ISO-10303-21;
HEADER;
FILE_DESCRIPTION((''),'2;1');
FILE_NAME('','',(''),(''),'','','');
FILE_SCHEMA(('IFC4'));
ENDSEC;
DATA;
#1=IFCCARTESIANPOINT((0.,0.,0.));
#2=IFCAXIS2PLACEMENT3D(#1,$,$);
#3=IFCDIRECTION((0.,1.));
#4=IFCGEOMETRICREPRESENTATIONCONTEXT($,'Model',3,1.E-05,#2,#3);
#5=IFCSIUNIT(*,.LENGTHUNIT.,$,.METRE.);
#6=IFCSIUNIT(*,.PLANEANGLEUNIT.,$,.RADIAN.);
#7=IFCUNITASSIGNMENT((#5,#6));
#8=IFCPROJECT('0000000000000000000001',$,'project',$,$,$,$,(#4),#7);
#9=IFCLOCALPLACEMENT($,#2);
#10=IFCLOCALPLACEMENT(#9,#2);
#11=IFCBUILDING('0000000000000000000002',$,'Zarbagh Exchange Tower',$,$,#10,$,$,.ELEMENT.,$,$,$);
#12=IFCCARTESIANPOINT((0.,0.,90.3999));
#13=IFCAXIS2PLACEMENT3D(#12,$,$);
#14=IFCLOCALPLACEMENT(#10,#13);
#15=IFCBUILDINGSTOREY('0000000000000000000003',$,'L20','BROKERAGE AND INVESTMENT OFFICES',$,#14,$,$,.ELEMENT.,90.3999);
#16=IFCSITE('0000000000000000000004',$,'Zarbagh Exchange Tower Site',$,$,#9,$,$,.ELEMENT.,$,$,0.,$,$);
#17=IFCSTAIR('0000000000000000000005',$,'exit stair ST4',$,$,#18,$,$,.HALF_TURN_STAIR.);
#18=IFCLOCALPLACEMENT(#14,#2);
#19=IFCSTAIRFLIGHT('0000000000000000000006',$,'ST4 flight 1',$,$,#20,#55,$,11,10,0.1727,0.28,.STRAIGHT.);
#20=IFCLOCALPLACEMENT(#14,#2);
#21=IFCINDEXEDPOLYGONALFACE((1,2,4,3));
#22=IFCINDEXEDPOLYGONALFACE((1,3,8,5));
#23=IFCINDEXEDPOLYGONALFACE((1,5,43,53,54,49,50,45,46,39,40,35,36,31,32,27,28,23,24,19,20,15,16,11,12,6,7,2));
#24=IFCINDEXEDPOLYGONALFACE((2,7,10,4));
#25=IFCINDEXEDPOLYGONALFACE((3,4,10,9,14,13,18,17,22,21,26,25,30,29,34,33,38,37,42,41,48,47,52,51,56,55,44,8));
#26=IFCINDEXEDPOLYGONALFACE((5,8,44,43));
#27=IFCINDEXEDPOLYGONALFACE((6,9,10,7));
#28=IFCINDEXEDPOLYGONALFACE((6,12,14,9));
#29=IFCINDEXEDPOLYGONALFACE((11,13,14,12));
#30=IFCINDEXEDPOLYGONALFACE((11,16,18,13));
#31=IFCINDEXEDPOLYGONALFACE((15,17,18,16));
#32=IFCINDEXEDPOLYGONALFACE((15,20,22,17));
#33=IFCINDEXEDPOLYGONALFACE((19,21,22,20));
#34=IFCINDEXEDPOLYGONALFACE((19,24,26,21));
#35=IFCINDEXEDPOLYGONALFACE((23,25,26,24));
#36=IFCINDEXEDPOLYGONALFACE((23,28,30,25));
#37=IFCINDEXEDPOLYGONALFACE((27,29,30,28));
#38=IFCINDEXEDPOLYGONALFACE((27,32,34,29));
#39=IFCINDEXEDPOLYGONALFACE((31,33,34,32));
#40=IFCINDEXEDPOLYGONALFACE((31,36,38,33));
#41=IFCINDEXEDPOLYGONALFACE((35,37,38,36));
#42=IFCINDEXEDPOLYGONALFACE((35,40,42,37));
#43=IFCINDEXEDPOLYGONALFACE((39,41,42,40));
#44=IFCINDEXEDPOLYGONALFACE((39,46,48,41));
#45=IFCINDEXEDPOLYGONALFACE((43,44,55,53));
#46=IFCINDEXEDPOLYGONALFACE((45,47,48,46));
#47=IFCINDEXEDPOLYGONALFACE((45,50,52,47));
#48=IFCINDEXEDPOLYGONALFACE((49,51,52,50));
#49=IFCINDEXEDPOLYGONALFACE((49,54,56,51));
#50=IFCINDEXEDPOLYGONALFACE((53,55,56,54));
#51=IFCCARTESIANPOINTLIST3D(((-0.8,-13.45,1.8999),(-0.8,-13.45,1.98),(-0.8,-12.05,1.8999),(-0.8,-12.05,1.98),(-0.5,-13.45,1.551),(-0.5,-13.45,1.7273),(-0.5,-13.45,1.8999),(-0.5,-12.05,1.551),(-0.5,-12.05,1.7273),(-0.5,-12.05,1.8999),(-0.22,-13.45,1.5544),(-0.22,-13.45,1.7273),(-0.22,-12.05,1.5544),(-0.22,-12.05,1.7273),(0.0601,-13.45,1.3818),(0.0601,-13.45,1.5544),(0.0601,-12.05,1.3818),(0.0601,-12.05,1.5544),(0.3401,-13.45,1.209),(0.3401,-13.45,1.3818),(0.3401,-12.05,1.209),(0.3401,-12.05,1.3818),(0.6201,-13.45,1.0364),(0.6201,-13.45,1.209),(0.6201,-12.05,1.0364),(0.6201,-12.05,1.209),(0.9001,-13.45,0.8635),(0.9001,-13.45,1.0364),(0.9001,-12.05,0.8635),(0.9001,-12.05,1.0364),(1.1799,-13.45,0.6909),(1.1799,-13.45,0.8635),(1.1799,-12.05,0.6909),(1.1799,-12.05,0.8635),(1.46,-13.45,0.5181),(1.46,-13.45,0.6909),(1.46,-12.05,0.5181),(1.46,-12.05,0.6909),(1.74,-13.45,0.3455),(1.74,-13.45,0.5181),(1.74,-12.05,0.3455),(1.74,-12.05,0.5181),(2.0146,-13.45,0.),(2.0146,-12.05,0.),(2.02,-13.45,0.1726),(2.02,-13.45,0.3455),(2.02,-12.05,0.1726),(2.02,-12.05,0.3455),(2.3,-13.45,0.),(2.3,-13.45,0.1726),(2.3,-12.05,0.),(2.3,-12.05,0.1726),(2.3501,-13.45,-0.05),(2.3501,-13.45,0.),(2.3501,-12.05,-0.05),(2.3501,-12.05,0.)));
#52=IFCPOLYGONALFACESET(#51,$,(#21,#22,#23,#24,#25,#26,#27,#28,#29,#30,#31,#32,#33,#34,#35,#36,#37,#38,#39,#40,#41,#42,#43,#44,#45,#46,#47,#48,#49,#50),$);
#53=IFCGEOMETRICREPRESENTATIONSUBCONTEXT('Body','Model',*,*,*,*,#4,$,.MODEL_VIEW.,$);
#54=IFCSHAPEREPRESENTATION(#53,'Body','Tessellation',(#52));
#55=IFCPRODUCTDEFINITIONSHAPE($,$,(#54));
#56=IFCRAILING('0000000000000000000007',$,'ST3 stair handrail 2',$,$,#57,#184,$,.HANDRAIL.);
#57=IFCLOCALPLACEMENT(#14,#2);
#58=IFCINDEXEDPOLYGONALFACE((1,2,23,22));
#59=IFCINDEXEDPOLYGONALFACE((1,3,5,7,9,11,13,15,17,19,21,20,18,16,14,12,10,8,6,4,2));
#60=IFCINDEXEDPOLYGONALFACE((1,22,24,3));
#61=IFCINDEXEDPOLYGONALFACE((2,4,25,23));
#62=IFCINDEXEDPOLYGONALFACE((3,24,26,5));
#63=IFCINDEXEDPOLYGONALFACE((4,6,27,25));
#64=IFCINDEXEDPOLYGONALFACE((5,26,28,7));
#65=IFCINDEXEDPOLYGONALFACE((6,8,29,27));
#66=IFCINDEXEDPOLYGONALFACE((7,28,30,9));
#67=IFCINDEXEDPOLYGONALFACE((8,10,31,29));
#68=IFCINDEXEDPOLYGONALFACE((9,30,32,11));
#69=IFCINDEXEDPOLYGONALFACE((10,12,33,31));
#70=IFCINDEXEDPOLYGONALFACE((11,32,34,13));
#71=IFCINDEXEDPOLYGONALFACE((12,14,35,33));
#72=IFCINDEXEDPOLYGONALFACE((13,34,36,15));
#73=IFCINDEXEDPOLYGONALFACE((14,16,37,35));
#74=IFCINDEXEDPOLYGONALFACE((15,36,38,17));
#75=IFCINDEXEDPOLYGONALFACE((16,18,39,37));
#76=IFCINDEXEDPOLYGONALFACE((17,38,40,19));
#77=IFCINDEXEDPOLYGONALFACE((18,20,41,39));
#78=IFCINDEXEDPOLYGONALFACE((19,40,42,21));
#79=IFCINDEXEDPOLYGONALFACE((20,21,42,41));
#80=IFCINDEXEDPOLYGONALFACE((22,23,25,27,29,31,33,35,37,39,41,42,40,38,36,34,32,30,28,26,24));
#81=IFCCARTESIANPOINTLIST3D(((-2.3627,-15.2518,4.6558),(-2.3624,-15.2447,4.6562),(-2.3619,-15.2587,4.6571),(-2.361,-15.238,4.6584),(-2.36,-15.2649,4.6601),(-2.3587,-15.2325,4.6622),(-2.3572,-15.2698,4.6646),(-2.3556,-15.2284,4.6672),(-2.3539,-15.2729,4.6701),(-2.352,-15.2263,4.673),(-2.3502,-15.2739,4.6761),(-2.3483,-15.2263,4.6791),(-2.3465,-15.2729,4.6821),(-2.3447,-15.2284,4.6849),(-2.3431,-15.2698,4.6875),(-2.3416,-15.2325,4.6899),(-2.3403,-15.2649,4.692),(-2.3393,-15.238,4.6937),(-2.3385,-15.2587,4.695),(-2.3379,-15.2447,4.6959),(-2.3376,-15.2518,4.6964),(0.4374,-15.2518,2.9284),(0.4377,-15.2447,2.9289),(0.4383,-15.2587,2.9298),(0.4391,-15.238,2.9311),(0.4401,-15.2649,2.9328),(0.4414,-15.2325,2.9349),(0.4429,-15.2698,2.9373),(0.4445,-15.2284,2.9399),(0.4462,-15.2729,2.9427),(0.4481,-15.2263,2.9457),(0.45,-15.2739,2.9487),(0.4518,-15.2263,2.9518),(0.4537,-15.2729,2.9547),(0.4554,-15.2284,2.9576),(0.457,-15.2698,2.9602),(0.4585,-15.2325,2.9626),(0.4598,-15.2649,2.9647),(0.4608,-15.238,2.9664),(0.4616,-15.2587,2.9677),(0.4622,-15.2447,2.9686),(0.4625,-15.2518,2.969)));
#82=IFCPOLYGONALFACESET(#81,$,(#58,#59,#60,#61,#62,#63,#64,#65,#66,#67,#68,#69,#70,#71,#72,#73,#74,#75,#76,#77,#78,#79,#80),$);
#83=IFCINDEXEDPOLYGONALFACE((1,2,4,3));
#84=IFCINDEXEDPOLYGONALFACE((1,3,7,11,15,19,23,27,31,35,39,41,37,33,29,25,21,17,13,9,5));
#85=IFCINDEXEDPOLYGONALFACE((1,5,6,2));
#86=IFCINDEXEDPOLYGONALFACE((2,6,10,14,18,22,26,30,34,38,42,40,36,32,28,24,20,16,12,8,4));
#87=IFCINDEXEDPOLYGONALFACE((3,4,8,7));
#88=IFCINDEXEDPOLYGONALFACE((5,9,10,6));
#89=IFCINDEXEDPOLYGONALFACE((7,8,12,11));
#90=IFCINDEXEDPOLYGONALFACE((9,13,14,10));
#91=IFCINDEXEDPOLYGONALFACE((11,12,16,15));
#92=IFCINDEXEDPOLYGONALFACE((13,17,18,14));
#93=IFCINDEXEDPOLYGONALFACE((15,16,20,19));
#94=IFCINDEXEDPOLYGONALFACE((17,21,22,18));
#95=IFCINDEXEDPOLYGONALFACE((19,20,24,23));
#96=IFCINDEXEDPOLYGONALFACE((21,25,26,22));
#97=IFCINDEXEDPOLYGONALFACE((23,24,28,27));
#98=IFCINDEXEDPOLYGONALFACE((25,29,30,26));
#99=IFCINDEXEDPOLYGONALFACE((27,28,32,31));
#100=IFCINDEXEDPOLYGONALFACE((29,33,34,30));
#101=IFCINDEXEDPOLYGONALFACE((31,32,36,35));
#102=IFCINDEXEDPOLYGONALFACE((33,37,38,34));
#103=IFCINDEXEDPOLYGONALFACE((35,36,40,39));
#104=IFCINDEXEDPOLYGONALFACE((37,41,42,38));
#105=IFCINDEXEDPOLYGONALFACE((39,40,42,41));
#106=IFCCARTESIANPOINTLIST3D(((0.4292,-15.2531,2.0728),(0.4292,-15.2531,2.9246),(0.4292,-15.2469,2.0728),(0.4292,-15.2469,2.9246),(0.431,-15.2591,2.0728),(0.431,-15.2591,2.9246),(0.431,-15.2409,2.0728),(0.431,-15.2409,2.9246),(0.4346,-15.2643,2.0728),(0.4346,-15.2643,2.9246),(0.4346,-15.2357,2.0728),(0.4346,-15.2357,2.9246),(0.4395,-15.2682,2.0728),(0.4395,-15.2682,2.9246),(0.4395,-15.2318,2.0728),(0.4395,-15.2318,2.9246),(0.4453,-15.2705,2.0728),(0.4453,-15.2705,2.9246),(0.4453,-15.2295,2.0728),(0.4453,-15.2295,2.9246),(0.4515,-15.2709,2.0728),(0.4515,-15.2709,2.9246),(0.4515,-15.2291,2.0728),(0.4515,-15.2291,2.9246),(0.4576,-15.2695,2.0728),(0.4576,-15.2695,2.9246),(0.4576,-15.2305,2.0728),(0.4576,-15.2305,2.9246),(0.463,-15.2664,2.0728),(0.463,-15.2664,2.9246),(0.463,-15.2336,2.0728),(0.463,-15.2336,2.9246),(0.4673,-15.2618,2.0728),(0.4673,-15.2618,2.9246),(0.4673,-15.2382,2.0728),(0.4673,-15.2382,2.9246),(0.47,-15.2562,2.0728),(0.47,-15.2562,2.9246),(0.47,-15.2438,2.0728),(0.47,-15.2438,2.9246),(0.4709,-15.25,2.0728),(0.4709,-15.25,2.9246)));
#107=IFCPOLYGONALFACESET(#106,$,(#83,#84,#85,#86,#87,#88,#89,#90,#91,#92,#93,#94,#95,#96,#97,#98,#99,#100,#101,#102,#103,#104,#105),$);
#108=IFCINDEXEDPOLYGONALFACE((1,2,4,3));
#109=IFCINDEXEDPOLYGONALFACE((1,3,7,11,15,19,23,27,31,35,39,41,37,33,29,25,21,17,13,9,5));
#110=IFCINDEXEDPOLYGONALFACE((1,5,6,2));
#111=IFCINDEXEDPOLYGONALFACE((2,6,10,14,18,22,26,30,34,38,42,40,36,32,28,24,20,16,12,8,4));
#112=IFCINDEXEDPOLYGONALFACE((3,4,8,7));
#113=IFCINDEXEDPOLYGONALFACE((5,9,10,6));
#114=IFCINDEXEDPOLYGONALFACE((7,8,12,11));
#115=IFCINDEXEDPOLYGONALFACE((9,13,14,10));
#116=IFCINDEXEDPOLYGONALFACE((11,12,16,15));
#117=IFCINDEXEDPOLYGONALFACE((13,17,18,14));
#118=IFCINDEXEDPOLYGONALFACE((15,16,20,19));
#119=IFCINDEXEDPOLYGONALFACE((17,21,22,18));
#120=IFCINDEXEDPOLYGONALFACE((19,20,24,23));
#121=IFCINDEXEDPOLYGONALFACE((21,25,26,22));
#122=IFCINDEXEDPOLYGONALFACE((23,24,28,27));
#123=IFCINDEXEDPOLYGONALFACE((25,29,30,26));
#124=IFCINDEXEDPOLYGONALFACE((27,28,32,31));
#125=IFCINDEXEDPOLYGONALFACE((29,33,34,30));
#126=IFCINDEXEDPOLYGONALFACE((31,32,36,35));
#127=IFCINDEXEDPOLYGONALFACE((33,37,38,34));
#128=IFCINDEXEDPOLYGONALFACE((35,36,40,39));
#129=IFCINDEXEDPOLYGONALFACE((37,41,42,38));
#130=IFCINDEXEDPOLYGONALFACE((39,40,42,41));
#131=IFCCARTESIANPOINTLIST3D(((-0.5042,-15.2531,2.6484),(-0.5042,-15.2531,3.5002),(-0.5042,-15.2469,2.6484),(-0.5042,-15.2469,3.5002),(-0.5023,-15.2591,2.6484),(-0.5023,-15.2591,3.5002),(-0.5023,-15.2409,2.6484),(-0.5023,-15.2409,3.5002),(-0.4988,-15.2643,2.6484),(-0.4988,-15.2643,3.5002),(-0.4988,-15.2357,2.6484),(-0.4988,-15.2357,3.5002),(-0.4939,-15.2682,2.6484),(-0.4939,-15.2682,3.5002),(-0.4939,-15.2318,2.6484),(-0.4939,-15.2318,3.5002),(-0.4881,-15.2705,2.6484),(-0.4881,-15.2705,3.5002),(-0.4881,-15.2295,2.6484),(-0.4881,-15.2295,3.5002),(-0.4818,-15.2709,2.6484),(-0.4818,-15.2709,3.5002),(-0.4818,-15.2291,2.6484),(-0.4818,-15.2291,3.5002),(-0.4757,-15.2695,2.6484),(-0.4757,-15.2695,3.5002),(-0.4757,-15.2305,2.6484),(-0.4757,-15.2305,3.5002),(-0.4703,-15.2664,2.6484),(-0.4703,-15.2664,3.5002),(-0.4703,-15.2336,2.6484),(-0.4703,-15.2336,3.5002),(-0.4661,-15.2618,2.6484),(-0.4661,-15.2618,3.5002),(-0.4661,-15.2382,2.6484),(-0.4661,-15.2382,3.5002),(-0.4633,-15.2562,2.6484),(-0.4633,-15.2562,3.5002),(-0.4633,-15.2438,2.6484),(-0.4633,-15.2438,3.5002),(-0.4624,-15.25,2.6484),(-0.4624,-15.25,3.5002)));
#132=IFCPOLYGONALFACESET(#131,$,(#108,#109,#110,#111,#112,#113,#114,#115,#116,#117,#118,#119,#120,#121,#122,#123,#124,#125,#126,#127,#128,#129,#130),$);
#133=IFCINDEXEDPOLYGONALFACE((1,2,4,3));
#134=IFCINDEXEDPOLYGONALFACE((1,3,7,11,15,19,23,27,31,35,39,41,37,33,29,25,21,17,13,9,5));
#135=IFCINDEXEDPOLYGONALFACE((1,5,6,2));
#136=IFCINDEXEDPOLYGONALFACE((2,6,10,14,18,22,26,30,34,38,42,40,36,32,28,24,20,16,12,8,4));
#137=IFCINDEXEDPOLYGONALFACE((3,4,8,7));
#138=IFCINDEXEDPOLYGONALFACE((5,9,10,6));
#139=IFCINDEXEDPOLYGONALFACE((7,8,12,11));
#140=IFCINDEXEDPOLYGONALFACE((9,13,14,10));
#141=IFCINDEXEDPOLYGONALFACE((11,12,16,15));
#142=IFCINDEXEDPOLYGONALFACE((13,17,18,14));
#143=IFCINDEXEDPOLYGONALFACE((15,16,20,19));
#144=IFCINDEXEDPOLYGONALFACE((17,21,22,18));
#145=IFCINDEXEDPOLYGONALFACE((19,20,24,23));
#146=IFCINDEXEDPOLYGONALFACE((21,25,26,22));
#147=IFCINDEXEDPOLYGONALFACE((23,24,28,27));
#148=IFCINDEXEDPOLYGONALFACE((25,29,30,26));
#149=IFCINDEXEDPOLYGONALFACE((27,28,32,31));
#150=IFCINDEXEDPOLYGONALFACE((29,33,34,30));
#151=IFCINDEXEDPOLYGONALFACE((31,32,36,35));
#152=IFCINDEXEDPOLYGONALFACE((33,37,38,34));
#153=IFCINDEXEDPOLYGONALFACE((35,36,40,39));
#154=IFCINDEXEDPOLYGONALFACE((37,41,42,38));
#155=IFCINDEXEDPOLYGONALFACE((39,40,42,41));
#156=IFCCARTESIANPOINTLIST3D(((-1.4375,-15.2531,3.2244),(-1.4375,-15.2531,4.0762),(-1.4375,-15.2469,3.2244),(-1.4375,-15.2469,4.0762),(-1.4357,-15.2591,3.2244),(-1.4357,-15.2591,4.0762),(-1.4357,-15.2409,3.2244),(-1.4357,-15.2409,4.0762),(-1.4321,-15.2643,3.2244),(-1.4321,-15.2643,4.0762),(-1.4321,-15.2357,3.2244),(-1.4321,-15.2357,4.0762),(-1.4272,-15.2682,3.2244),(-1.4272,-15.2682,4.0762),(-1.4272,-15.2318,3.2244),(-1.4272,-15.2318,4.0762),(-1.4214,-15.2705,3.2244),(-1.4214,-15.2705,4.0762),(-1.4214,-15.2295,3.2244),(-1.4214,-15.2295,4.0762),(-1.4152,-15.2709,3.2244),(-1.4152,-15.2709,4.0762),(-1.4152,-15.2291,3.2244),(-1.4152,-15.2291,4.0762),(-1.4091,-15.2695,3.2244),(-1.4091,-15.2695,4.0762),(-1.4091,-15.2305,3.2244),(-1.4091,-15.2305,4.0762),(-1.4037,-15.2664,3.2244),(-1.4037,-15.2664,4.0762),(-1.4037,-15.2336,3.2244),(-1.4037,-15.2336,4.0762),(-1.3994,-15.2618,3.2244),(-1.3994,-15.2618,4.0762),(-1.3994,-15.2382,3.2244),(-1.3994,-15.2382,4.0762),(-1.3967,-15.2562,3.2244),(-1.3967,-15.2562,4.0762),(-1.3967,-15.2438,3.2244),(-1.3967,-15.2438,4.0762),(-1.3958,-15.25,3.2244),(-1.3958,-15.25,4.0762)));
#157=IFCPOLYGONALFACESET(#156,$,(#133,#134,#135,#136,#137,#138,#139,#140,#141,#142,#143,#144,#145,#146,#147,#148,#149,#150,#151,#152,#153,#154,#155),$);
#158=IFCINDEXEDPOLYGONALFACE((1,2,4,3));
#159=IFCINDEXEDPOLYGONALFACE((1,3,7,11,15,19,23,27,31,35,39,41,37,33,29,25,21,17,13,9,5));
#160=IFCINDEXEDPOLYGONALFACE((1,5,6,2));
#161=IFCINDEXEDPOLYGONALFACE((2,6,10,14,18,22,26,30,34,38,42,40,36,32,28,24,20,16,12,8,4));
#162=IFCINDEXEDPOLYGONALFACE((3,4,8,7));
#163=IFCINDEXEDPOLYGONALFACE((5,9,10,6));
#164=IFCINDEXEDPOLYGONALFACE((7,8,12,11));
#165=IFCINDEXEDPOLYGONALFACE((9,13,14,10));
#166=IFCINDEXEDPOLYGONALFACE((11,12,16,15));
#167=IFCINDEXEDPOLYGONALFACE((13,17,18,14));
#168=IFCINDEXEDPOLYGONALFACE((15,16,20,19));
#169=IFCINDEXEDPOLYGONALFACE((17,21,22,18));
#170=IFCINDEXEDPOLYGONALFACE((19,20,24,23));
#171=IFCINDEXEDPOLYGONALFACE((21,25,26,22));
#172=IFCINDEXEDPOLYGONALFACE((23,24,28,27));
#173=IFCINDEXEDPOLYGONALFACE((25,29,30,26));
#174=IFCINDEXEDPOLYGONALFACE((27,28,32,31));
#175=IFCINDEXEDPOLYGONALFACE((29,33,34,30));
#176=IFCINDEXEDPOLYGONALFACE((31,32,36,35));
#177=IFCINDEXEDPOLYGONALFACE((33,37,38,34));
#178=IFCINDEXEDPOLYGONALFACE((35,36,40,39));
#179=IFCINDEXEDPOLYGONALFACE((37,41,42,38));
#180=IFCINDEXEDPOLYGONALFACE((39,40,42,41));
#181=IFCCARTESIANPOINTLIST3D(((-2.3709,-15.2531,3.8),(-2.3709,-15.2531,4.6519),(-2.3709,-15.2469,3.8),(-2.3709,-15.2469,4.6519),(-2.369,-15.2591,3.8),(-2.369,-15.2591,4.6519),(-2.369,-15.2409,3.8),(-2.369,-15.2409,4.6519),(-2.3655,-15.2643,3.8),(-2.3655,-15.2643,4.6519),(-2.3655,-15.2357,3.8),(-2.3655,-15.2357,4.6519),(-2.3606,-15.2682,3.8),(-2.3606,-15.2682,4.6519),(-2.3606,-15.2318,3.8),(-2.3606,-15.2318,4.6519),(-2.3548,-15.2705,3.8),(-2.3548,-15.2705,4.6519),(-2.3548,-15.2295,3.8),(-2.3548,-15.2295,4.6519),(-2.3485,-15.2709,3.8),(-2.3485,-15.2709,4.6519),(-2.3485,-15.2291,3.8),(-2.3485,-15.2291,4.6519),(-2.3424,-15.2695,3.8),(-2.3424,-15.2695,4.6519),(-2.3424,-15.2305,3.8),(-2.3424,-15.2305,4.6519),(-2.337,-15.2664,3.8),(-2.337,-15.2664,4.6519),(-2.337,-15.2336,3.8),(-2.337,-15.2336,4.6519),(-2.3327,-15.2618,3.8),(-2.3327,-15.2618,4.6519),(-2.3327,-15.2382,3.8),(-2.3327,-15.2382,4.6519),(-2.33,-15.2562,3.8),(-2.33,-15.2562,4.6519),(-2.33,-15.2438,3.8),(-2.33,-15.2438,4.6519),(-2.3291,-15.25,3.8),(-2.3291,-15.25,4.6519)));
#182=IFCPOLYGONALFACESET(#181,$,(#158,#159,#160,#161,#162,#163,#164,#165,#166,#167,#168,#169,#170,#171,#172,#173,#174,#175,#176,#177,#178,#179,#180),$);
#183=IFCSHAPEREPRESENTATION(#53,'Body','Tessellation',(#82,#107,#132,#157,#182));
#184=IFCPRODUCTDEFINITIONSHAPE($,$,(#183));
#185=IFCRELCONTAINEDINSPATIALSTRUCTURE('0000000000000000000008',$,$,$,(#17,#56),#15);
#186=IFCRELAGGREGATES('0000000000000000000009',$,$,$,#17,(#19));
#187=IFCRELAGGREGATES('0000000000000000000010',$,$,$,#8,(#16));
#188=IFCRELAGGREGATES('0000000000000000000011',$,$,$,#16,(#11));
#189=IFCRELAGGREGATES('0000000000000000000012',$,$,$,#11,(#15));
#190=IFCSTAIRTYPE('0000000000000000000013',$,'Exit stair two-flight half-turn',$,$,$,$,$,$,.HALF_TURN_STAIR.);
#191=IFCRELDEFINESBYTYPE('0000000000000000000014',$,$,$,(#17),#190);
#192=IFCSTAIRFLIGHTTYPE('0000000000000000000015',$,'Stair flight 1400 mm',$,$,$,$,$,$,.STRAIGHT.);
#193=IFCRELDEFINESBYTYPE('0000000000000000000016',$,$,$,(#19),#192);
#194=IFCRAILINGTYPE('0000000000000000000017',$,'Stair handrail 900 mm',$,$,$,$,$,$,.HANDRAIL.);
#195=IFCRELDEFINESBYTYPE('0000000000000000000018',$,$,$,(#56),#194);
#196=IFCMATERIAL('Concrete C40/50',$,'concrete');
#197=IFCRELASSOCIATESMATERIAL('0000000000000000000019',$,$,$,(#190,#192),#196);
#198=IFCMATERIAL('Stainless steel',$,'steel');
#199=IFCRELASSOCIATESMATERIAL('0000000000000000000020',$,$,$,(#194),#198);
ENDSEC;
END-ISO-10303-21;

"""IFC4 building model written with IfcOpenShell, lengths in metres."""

from ifc_helpers import new_model, si_unit, direction, frame, origin, origin_2d, place, context, subcontext, project, spatial, polyline, circle, outline, extrude, material, type_object, element, aggregate, save


model = new_model("IFC4")

# Units and contexts
model_context = context("Model", 3, precision=1e-05, world=origin(), true_north=direction((0.0, 1.0)))
body_context = subcontext(model_context, "Body", "Model", "MODEL_VIEW")
ifc_project = project(units=[si_unit("LENGTHUNIT", "METRE"), si_unit("PLANEANGLEUNIT", "RADIAN")], contexts=[model_context])

# Site, building, storey
site_placement = place(None, origin())
site = spatial("IfcSite", under=ifc_project, at=site_placement, Name="Zarbagh Exchange Tower Site", CompositionType="ELEMENT", RefElevation=0.0)
building_placement = place(site_placement, origin())
building = spatial("IfcBuilding", under=site, at=building_placement, Name="Zarbagh Exchange Tower", CompositionType="ELEMENT")
storey_placement = place(building_placement, frame((0.0, 0.0, 90.3999)))
storey = spatial("IfcBuildingStorey", under=building, at=storey_placement, Name="L20", Description="BROKERAGE AND INVESTMENT OFFICES", CompositionType="ELEMENT", Elevation=90.3999)

# Stair, stair flight
ifc_material_1 = material(Name="Concrete C40/50", Category="concrete")
stair_type = type_object("IfcStairType", Name="Exit stair two-flight half-turn", PredefinedType="HALF_TURN_STAIR", material=ifc_material_1)
stair_1_placement = place(storey_placement, origin())
stair_1 = element("IfcStair", 1, at=stair_1_placement, inside=storey, type_object=stair_type, Name="exit stair ST4", PredefinedType="HALF_TURN_STAIR")
stair_flight_type_1 = type_object("IfcStairFlightType", Name="Stair flight 1400 mm", PredefinedType="STRAIGHT", material=ifc_material_1)
stair_flight_1_placement = place(storey_placement, frame((2.3, -12.75, 0.0), z_axis=(0.0, 0.0, 1.0), x_axis=(-1.0, 0.0, 0.0)))
stair_flight_1 = element("IfcStairFlight", 2, at=stair_flight_1_placement, type_object=stair_flight_type_1, Name="ST4 flight 1", NumberOfRisers=11, NumberOfTreads=10, PredefinedType="STRAIGHT", RiserHeight=0.1727, TreadLength=0.28, context=body_context, shape_type="SweptSolid", body=[
    extrude(outline(polyline([(-0.05, -0.05), (-0.05, 0.0), (0.0, 0.0), (0.0, 0.1726), (0.28, 0.1726), (0.28, 0.3455), (0.5601, 0.3455), (0.5601, 0.5181), (0.8401, 0.5181), (0.8401, 0.6909), (1.1201, 0.6909), (1.1201, 0.8635), (1.3999, 0.8635), (1.3999, 1.0364), (1.6799, 1.0364), (1.6799, 1.209), (1.96, 1.209), (1.96, 1.3818), (2.24, 1.3818), (2.24, 1.5544), (2.52, 1.5544), (2.52, 1.7273), (2.8, 1.7273), (2.8, 1.8999), (3.1001, 1.98), (3.1001, 1.8999), (2.8, 1.551), (0.2854, 0.0), (-0.05, -0.05)])), frame((0.0, 0.7, 0.0), z_axis=(0.0, -1.0, 0.0), x_axis=(1.0, 0.0, 0.0)), (0.0, 0.0, 1.0), 1.3999),
])
aggregate(stair_1, [stair_flight_1])

# Railing
ifc_material_2 = material(Name="Stainless steel", Category="steel")
railing_type_1 = type_object("IfcRailingType", Name="Stair handrail 900 mm", PredefinedType="HANDRAIL", material=ifc_material_2)
for number, where, name in (
    (3, (0.45, -15.25, 2.0728), "ST3 stair handrail 2"),
):
    element("IfcRailing", number, at=place(storey_placement, frame(where)), inside=storey, type_object=railing_type_1, Name=name, PredefinedType="HANDRAIL", context=body_context, shape_type="SweptSolid", body=[
        extrude(circle(Radius=0.0239, at=origin_2d()), frame((0.0, 0.0, 0.876), z_axis=(-0.85109, 0.0, 0.52502), x_axis=(0.0, -1.0, 0.0)), (0.0, 0.0, 1.0), 3.29),
        extrude(circle(Radius=0.021, at=origin_2d()), origin(), (0.0, 0.0, 1.0), 0.8518),
        extrude(circle(Radius=0.021, at=origin_2d()), frame((-0.9333, 0.0, 0.5757)), (0.0, 0.0, 1.0), 0.8518),
        extrude(circle(Radius=0.021, at=origin_2d()), frame((-1.8667, 0.0, 1.1516)), (0.0, 0.0, 1.0), 0.8518),
        extrude(circle(Radius=0.021, at=origin_2d()), frame((-2.8, 0.0, 1.7273)), (0.0, 0.0, 1.0), 0.8518),
    ])

save(model, "model.ifc")
